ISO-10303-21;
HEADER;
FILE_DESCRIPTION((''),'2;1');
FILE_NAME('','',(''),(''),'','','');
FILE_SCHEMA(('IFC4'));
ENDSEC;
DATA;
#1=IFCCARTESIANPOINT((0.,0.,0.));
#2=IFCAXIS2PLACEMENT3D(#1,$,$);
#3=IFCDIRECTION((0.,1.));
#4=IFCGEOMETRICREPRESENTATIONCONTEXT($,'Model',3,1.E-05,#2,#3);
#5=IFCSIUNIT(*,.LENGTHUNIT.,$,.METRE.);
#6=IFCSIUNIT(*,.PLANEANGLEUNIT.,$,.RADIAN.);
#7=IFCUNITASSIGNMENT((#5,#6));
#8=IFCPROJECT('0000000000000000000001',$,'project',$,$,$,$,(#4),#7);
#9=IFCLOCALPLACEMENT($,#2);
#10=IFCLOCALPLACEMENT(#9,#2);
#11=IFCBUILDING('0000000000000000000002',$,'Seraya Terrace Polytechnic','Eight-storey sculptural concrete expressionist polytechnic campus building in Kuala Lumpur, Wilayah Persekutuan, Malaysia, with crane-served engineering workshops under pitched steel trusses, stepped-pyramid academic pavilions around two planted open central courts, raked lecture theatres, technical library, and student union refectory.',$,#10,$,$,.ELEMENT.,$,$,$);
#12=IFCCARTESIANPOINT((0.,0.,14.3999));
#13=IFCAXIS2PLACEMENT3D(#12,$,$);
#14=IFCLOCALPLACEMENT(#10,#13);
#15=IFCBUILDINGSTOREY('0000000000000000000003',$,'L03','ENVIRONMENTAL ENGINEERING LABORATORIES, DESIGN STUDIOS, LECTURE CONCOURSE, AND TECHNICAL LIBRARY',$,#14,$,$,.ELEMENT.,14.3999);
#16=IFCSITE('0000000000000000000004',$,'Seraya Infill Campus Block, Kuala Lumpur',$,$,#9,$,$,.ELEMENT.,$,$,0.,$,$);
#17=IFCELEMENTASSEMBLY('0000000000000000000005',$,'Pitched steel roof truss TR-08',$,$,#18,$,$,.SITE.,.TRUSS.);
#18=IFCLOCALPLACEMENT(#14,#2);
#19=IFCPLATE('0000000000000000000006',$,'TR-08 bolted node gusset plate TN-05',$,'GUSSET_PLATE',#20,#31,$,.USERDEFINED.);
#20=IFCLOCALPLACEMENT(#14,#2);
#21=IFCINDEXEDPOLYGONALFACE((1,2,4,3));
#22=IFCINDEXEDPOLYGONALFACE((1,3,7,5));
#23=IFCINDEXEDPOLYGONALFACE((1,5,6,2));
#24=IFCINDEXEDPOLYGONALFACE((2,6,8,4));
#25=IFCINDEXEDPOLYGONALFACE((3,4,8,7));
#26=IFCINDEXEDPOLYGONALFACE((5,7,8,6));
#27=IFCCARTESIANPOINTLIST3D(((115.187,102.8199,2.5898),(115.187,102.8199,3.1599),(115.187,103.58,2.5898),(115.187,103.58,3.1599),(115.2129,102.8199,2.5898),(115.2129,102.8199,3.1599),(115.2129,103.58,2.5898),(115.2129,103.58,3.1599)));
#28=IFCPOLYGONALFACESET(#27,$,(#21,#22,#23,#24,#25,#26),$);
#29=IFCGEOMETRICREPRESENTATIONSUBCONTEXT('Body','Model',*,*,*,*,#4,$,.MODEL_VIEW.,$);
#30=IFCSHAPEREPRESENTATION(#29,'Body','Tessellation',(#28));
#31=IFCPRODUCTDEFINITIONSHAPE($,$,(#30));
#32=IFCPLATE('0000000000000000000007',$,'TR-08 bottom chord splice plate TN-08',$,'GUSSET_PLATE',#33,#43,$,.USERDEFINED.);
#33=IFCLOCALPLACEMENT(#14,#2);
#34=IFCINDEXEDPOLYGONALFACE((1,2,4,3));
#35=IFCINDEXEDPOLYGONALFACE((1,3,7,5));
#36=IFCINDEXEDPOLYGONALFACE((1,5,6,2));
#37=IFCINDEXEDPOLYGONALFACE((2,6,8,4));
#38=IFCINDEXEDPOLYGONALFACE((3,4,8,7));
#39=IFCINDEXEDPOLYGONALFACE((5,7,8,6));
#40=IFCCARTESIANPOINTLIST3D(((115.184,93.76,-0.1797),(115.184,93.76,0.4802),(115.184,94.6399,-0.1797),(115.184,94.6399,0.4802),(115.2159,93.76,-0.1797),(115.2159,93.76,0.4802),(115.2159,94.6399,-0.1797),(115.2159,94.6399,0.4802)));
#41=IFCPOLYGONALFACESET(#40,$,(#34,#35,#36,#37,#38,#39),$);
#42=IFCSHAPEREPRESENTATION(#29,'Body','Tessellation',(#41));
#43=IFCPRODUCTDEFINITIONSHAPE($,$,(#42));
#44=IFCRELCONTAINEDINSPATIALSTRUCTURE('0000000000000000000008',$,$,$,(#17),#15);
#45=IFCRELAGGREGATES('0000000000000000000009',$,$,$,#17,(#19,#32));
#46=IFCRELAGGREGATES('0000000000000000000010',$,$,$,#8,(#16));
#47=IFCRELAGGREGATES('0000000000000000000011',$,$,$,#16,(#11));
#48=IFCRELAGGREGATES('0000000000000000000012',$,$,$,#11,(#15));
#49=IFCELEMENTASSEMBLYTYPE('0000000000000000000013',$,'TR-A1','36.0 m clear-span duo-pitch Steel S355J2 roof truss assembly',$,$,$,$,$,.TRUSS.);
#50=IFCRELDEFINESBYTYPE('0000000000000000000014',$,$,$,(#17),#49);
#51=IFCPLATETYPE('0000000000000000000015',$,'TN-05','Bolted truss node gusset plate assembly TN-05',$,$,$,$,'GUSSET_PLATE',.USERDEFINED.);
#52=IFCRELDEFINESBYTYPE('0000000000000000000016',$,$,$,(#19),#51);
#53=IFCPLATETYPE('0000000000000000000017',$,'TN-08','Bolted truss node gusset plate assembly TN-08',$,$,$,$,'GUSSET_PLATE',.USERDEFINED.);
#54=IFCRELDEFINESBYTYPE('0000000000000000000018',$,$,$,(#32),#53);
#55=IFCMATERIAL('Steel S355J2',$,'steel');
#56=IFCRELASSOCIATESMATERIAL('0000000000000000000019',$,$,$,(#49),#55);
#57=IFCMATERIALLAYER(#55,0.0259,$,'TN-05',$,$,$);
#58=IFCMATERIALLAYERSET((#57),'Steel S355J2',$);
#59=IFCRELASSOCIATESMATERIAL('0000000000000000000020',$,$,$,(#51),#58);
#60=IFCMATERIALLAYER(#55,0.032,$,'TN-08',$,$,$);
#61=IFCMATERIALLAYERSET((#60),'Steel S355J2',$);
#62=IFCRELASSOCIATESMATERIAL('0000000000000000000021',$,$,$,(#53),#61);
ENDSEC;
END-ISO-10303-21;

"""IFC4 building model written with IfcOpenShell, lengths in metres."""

from ifc_helpers import new_model, si_unit, direction, frame, origin, origin_2d, place, context, subcontext, project, spatial, rectangle, extrude, material, layer, layer_set, type_object, element, aggregate, save


model = new_model("IFC4")

# Units and contexts
model_context = context("Model", 3, precision=1e-05, world=origin(), true_north=direction((0.0, 1.0)))
body_context = subcontext(model_context, "Body", "Model", "MODEL_VIEW")
ifc_project = project(units=[si_unit("LENGTHUNIT", "METRE"), si_unit("PLANEANGLEUNIT", "RADIAN")], contexts=[model_context])

# Site, building, storey
site_placement = place(None, origin())
site = spatial("IfcSite", under=ifc_project, at=site_placement, Name="Seraya Infill Campus Block, Kuala Lumpur", CompositionType="ELEMENT", RefElevation=0.0)
building_placement = place(site_placement, origin())
building = spatial("IfcBuilding", under=site, at=building_placement, Name="Seraya Terrace Polytechnic", Description="Eight-storey sculptural concrete expressionist polytechnic campus building in Kuala Lumpur, Wilayah Persekutuan, Malaysia, with crane-served engineering workshops under pitched steel trusses, stepped-pyramid academic pavilions around two planted open central courts, raked lecture theatres, technical library, and student union refectory.", CompositionType="ELEMENT")
storey_placement = place(building_placement, frame((0.0, 0.0, 14.3999)))
storey = spatial("IfcBuildingStorey", under=building, at=storey_placement, Name="L03", Description="ENVIRONMENTAL ENGINEERING LABORATORIES, DESIGN STUDIOS, LECTURE CONCOURSE, AND TECHNICAL LIBRARY", CompositionType="ELEMENT", Elevation=14.3999)

# Element assembly
ifc_material_1 = material(Name="Steel S355J2", Category="steel")
element_assembly_type = type_object("IfcElementAssemblyType", Name="TR-A1", Description="36.0 m clear-span duo-pitch Steel S355J2 roof truss assembly", PredefinedType="TRUSS", material=ifc_material_1)
assembly_placement = place(storey_placement, origin())
assembly = element("IfcElementAssembly", 1, at=assembly_placement, inside=storey, type_object=element_assembly_type, Name="Pitched steel roof truss TR-08", AssemblyPlace="SITE", PredefinedType="TRUSS")

# Plates
ifc_layer_1 = layer(ifc_material_1, 0.0259, Name="TN-05")
ifc_layer_set_1 = layer_set([ifc_layer_1], Name="Steel S355J2")
plate_type_1 = type_object("IfcPlateType", Name="TN-05", Description="Bolted truss node gusset plate assembly TN-05", ElementType="GUSSET_PLATE", PredefinedType="USERDEFINED", material=ifc_layer_set_1)
plate_1_placement = place(storey_placement, frame((115.2, 103.2, 2.5898), z_axis=(0.0, 0.0, 1.0), x_axis=(0.0, 1.0, 0.0)))
plate_1 = element("IfcPlate", 2, at=plate_1_placement, type_object=plate_type_1, Name="TR-08 bolted node gusset plate TN-05", ObjectType="GUSSET_PLATE", PredefinedType="USERDEFINED", context=body_context, shape_type="SweptSolid", body=[
    extrude(rectangle(XDim=0.76, YDim=0.0259, at=origin_2d()), origin(), (0.0, 0.0, 1.0), 0.5701),
])
ifc_layer_2 = layer(ifc_material_1, 0.032, Name="TN-08")
ifc_layer_set_2 = layer_set([ifc_layer_2], Name="Steel S355J2")
plate_type_2 = type_object("IfcPlateType", Name="TN-08", Description="Bolted truss node gusset plate assembly TN-08", ElementType="GUSSET_PLATE", PredefinedType="USERDEFINED", material=ifc_layer_set_2)
plate_2_placement = place(storey_placement, frame((115.2, 94.2, -0.1797), z_axis=(0.0, 0.0, 1.0), x_axis=(0.0, 1.0, 0.0)))
plate_2 = element("IfcPlate", 3, at=plate_2_placement, type_object=plate_type_2, Name="TR-08 bottom chord splice plate TN-08", ObjectType="GUSSET_PLATE", PredefinedType="USERDEFINED", context=body_context, shape_type="SweptSolid", body=[
    extrude(rectangle(XDim=0.8799, YDim=0.032, at=origin_2d()), origin(), (0.0, 0.0, 1.0), 0.6599),
])
aggregate(assembly, [plate_1, plate_2])

save(model, "model.ifc")
